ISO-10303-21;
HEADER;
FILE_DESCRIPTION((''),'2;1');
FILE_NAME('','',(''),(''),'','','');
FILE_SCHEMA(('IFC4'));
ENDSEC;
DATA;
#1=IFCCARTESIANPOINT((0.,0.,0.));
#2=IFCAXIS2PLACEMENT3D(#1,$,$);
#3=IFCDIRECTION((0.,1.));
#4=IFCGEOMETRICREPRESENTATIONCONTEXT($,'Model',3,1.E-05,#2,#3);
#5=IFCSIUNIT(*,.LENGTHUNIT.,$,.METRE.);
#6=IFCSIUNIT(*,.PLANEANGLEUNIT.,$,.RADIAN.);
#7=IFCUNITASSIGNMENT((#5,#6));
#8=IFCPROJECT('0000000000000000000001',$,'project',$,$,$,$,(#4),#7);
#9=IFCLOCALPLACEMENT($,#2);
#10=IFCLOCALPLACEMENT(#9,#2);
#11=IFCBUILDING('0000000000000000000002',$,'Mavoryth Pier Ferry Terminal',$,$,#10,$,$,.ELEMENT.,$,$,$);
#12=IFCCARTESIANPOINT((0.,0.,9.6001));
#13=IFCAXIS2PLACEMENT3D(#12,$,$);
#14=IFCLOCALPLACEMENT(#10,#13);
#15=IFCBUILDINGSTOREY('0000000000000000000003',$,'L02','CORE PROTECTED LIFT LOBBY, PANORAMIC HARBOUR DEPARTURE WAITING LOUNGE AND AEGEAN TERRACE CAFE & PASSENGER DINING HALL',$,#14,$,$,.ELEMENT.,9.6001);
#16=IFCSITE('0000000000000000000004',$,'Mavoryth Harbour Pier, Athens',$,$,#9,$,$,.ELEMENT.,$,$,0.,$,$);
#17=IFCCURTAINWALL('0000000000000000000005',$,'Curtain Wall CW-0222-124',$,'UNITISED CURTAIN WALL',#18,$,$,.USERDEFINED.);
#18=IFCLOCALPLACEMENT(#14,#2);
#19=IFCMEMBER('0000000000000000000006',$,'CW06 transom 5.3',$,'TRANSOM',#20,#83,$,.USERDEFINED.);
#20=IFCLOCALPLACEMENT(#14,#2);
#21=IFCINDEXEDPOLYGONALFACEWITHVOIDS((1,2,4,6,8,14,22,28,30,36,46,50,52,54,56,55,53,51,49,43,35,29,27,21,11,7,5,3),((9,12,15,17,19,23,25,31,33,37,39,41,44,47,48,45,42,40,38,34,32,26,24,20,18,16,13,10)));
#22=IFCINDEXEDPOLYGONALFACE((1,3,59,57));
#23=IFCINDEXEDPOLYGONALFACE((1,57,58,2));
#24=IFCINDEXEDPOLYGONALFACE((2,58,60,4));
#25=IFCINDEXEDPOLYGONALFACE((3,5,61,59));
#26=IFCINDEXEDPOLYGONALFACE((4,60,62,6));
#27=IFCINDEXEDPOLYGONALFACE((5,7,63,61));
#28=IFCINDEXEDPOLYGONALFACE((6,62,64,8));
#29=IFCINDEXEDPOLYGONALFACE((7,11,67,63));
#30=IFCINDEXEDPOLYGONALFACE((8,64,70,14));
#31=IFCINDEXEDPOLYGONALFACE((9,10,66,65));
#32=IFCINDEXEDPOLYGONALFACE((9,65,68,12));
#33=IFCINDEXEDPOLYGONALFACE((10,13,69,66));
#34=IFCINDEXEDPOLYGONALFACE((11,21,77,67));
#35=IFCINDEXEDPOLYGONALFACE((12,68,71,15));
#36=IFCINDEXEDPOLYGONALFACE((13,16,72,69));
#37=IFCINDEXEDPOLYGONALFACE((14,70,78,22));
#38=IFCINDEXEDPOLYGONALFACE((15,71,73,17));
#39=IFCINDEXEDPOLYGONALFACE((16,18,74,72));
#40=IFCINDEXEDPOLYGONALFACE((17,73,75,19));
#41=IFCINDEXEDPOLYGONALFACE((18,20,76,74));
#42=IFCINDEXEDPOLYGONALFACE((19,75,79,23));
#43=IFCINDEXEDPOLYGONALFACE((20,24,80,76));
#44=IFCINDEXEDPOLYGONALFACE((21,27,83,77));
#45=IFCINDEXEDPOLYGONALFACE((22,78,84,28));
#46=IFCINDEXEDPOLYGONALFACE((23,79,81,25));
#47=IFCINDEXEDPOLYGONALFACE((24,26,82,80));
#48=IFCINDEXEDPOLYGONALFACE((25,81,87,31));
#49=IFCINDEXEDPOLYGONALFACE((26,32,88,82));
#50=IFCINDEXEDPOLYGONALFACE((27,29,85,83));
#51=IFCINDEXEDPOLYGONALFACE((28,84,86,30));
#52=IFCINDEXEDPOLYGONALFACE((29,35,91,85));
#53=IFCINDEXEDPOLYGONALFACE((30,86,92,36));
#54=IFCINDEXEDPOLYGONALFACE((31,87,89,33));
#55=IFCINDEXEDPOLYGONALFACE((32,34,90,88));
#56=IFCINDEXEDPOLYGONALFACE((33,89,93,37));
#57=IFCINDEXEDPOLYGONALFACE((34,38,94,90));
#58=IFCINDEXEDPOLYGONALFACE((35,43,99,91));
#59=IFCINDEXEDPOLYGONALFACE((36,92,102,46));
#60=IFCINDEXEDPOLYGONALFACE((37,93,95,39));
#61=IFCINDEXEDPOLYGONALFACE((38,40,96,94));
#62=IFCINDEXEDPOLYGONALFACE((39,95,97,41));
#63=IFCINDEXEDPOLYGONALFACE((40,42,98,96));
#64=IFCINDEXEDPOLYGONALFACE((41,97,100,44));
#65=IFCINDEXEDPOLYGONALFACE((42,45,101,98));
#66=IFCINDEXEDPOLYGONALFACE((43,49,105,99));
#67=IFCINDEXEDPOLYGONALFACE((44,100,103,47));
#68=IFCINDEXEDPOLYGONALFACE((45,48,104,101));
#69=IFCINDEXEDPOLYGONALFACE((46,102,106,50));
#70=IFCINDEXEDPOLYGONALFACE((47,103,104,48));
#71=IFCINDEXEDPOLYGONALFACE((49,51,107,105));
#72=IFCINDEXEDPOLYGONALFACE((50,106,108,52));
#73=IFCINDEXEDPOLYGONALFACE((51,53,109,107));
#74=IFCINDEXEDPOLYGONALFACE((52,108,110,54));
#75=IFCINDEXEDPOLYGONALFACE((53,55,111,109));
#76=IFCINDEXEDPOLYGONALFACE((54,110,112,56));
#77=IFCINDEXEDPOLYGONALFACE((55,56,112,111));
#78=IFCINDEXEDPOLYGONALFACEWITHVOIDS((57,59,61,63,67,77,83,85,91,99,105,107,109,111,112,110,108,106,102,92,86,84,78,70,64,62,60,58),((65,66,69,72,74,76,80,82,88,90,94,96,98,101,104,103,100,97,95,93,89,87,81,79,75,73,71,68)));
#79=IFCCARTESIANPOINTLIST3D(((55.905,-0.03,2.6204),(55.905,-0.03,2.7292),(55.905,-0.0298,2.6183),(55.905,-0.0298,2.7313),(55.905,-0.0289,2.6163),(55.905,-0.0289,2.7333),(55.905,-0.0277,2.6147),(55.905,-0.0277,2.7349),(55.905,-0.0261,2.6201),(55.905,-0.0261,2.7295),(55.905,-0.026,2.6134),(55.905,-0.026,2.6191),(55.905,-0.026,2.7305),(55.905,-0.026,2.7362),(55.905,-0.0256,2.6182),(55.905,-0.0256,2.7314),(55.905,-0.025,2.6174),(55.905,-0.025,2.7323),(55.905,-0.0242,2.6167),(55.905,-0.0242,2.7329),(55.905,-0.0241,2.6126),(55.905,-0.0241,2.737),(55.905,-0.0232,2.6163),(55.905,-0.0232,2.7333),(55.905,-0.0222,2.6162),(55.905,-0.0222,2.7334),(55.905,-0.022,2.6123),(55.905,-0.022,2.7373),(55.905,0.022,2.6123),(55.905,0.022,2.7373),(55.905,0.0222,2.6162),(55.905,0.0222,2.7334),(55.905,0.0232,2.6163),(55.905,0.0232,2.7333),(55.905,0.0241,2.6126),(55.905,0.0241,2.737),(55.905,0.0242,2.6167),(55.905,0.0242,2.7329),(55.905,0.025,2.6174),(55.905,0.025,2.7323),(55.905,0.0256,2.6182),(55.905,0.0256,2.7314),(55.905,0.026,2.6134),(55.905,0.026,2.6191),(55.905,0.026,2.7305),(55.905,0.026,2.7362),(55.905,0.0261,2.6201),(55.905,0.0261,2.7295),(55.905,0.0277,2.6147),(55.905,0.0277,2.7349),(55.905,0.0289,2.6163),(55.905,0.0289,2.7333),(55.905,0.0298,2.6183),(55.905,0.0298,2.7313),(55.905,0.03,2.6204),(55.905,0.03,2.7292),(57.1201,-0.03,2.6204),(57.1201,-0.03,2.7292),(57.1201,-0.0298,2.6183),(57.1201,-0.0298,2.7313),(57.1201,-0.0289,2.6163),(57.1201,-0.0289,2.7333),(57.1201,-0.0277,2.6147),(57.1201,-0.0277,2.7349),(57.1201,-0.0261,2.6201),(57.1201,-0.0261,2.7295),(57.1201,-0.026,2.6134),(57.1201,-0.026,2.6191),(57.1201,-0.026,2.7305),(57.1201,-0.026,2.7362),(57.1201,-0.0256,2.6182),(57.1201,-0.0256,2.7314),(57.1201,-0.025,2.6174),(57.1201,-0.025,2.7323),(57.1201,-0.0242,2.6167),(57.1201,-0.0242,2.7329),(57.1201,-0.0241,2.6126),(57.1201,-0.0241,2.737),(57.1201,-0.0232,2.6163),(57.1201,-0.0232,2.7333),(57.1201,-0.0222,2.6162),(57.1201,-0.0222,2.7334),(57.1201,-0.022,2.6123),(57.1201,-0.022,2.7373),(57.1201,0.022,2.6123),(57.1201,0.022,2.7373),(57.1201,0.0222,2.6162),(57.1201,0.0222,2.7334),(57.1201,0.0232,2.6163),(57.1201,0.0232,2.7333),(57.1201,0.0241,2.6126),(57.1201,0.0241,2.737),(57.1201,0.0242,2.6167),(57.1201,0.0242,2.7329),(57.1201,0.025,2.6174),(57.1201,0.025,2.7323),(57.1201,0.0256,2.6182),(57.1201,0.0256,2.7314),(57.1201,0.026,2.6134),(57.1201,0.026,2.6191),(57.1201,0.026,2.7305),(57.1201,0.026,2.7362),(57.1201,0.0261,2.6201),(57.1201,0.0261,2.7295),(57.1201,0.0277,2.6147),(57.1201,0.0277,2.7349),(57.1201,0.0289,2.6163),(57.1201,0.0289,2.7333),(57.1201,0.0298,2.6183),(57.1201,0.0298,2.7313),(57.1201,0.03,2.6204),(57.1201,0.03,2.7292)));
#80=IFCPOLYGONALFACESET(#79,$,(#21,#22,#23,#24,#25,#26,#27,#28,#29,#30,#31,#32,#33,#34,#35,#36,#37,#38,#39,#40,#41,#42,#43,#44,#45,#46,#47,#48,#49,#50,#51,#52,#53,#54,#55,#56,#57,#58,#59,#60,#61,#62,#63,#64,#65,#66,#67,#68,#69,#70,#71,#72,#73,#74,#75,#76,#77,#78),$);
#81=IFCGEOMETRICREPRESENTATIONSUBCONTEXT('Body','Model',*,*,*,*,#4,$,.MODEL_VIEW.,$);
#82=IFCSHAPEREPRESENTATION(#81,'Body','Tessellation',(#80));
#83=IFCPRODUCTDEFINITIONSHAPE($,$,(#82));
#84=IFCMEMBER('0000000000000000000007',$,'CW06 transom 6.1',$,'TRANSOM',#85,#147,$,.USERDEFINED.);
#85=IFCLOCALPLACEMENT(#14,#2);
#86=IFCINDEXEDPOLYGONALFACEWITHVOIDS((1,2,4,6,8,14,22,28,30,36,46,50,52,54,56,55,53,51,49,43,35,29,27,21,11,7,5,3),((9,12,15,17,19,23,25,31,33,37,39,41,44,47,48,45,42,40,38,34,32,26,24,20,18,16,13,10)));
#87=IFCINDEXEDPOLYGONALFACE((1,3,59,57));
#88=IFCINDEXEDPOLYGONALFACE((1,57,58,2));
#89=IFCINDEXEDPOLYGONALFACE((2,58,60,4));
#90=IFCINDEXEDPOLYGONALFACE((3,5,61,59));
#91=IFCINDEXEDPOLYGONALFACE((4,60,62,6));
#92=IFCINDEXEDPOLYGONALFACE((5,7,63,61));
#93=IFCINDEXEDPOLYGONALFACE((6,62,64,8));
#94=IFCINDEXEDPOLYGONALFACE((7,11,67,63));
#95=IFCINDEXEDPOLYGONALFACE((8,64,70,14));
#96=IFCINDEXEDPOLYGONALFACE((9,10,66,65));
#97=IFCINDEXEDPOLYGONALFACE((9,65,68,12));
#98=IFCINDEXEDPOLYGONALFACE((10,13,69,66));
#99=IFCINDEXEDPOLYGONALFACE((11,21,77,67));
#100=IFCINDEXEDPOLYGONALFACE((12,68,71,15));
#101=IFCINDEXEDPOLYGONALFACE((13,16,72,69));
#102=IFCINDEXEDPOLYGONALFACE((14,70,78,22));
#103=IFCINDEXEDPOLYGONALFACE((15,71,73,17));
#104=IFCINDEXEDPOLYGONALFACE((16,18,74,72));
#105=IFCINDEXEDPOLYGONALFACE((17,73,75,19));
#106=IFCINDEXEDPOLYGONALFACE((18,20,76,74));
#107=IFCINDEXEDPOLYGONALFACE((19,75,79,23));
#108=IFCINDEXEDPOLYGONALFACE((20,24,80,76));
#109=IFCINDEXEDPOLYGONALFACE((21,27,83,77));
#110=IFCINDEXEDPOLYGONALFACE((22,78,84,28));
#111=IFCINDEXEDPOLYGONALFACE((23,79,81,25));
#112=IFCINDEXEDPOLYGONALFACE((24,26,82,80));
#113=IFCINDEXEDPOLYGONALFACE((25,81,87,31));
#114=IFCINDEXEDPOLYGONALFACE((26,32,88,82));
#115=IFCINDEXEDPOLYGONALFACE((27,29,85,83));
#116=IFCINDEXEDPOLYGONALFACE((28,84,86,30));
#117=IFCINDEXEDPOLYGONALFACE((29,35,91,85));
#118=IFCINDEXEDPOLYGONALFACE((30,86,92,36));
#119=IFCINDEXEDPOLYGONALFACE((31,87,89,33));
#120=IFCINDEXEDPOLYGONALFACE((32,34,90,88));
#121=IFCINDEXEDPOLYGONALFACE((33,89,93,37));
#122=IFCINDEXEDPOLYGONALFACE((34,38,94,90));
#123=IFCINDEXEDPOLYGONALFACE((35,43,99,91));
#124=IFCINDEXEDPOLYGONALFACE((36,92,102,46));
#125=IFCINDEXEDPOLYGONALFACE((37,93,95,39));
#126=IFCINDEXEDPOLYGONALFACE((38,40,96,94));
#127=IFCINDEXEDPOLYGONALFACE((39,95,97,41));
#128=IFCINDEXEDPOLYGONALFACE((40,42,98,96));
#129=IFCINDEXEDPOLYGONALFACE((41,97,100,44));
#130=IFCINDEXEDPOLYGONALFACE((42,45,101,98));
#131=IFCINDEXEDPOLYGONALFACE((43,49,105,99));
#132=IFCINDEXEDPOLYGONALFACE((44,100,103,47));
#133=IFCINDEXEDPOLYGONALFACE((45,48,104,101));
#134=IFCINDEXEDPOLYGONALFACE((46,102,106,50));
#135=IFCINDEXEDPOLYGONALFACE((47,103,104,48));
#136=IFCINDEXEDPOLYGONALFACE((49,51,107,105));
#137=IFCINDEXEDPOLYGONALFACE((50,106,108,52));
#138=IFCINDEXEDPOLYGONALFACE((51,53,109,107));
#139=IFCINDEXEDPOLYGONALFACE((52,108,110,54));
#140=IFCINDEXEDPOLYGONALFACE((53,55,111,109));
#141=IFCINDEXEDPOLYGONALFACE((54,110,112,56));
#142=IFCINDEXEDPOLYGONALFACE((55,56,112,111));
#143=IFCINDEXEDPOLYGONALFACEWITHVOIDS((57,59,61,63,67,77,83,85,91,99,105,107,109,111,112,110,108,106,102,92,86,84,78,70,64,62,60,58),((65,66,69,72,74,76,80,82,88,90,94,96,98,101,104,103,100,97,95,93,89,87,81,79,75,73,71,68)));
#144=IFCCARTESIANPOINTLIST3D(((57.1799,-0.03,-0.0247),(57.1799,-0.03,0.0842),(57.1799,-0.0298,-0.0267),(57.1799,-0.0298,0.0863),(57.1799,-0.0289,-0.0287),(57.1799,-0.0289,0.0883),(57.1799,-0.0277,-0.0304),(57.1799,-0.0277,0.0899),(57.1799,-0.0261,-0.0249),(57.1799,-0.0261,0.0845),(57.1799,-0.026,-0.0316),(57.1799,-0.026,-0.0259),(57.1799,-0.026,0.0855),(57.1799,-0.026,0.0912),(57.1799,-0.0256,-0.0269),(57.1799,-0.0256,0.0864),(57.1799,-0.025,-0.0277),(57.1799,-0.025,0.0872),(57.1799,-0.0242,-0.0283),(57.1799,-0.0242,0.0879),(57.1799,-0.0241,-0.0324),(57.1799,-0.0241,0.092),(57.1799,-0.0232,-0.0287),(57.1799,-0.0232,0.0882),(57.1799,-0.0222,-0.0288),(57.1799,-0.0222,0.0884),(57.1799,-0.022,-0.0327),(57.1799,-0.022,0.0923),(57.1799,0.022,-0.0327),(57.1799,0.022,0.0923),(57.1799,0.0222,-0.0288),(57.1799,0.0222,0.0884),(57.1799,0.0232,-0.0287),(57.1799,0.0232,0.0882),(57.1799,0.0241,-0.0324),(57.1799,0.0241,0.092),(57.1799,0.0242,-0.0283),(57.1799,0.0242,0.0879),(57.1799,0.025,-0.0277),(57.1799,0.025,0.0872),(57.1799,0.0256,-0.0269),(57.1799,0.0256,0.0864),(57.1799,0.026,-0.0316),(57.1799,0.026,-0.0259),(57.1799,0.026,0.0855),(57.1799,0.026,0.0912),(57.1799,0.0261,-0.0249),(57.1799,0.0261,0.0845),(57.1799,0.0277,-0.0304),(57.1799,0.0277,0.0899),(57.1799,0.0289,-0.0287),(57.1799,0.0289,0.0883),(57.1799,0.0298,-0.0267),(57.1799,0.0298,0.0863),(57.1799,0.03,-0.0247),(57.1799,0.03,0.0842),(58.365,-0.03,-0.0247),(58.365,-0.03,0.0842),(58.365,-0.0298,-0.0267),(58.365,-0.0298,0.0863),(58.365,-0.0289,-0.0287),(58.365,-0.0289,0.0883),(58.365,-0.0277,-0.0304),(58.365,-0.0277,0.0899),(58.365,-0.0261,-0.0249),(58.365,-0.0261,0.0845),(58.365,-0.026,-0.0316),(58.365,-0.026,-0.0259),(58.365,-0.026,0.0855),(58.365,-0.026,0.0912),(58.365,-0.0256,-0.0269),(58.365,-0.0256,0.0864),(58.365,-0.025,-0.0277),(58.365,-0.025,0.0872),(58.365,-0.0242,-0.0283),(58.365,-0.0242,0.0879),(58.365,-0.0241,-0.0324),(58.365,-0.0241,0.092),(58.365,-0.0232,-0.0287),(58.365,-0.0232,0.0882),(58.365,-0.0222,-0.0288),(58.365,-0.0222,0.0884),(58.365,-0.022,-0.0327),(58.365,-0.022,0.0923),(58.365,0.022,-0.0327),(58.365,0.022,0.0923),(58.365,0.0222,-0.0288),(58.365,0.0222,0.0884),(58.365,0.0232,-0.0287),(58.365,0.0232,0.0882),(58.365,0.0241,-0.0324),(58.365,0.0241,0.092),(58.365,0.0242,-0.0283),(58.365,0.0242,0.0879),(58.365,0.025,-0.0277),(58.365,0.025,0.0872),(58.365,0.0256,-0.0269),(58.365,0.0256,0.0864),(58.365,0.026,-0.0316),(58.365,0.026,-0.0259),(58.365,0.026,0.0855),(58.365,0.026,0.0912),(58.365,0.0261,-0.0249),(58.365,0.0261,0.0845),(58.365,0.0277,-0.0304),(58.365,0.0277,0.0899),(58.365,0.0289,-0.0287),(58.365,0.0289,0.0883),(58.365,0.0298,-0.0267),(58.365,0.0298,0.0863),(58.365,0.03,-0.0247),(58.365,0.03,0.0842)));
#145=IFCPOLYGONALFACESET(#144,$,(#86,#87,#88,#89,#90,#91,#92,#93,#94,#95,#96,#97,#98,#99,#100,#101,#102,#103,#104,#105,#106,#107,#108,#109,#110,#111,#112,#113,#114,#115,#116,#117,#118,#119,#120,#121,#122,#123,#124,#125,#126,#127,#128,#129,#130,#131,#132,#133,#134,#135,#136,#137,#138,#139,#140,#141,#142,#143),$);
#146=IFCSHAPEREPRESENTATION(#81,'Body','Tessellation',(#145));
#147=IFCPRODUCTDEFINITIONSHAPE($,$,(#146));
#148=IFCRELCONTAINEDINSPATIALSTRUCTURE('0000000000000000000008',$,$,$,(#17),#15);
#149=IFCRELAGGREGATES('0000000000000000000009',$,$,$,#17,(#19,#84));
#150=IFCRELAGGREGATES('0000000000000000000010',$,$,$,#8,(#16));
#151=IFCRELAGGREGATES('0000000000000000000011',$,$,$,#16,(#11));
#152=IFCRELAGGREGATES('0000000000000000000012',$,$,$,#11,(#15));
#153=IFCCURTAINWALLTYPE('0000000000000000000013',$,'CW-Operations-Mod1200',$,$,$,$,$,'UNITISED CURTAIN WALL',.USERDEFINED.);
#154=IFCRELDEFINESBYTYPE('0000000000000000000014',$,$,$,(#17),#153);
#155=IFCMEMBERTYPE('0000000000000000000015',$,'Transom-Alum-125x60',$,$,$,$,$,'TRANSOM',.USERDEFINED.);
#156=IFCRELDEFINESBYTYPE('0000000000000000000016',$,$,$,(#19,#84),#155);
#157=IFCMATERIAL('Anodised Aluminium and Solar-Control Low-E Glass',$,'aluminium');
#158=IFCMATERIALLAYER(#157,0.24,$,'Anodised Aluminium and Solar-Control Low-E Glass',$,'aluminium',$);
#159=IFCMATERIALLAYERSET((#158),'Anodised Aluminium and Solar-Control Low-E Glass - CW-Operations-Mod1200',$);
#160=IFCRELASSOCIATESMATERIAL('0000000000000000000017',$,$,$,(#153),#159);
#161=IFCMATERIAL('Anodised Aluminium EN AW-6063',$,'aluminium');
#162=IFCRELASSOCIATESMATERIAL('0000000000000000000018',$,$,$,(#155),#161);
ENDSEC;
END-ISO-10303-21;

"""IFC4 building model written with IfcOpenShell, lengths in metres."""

from ifc_helpers import new_model, si_unit, direction, frame, origin, origin_2d, place, context, subcontext, project, spatial, hollow_rectangle, extrude, material, layer, layer_set, material_profile, profile_set, type_object, element, aggregate, save


model = new_model("IFC4")

# Units and contexts
model_context = context("Model", 3, precision=1e-05, world=origin(), true_north=direction((0.0, 1.0)))
body_context = subcontext(model_context, "Body", "Model", "MODEL_VIEW")
ifc_project = project(units=[si_unit("LENGTHUNIT", "METRE"), si_unit("PLANEANGLEUNIT", "RADIAN")], contexts=[model_context])

# Site, building, storey
site_placement = place(None, origin())
site = spatial("IfcSite", under=ifc_project, at=site_placement, Name="Mavoryth Harbour Pier, Athens", CompositionType="ELEMENT", RefElevation=0.0)
building_placement = place(site_placement, origin())
building = spatial("IfcBuilding", under=site, at=building_placement, Name="Mavoryth Pier Ferry Terminal", CompositionType="ELEMENT")
storey_placement = place(building_placement, frame((0.0, 0.0, 9.6001)))
storey = spatial("IfcBuildingStorey", under=building, at=storey_placement, Name="L02", Description="CORE PROTECTED LIFT LOBBY, PANORAMIC HARBOUR DEPARTURE WAITING LOUNGE AND AEGEAN TERRACE CAFE & PASSENGER DINING HALL", CompositionType="ELEMENT", Elevation=9.6001)

# Curtain wall
ifc_material_1 = material(Name="Anodised Aluminium and Solar-Control Low-E Glass", Category="aluminium")
ifc_layer_1 = layer(ifc_material_1, 0.24, Name="Anodised Aluminium and Solar-Control Low-E Glass", Category="aluminium")
ifc_layer_set_1 = layer_set([ifc_layer_1], Name="Anodised Aluminium and Solar-Control Low-E Glass - CW-Operations-Mod1200")
curtain_wall_type = type_object("IfcCurtainWallType", Name="CW-Operations-Mod1200", ElementType="UNITISED CURTAIN WALL", PredefinedType="USERDEFINED", material=ifc_layer_set_1)
curtain_wall_placement = place(storey_placement, origin())
curtain_wall = element("IfcCurtainWall", 1, at=curtain_wall_placement, inside=storey, type_object=curtain_wall_type, Name="Curtain Wall CW-0222-124", ObjectType="UNITISED CURTAIN WALL", PredefinedType="USERDEFINED")
ifc_material_2 = material(Name="Anodised Aluminium EN AW-6063", Category="aluminium")

# Members
ifc_material_profile_1 = material_profile(ifc_material_2, hollow_rectangle(XDim=0.0601, YDim=0.125, WallThickness=0.0039, InnerFilletRadius=0.0039, OuterFilletRadius=0.0081, at=origin_2d()), Name="AL-TRAN 125x60x4", Category="aluminium")
ifc_profile_set_1 = profile_set([ifc_material_profile_1], Name="Anodised Aluminium EN AW-6063 - AL-TRAN 125x60x4")
member_type_1 = type_object("IfcMemberType", Name="Transom-Alum-125x60", ElementType="TRANSOM", PredefinedType="USERDEFINED", material=ifc_profile_set_1)
member_1_placement = place(storey_placement, frame((55.905, 0.0, 2.6748), z_axis=(1.0, 0.0, 0.0), x_axis=(0.0, 1.0, 0.0)))
member_1 = element("IfcMember", 2, at=member_1_placement, type_object=member_type_1, Name="CW06 transom 5.3", ObjectType="TRANSOM", PredefinedType="USERDEFINED", context=body_context, shape_type="SweptSolid", body=[
    extrude(hollow_rectangle(XDim=0.0601, YDim=0.125, WallThickness=0.0039, InnerFilletRadius=0.0039, OuterFilletRadius=0.0081, at=origin_2d()), origin(), (0.0, 0.0, 1.0), 1.2151),
])
member_2_placement = place(storey_placement, frame((57.1799, 0.0, 0.0298), z_axis=(1.0, 0.0, 0.0), x_axis=(0.0, 1.0, 0.0)))
member_2 = element("IfcMember", 3, at=member_2_placement, type_object=member_type_1, Name="CW06 transom 6.1", ObjectType="TRANSOM", PredefinedType="USERDEFINED", context=body_context, shape_type="SweptSolid", body=[
    extrude(hollow_rectangle(XDim=0.0601, YDim=0.125, WallThickness=0.0039, InnerFilletRadius=0.0039, OuterFilletRadius=0.0081, at=origin_2d()), origin(), (0.0, 0.0, 1.0), 1.1851),
])

aggregate(curtain_wall, [member_1, member_2])

save(model, "model.ifc")
